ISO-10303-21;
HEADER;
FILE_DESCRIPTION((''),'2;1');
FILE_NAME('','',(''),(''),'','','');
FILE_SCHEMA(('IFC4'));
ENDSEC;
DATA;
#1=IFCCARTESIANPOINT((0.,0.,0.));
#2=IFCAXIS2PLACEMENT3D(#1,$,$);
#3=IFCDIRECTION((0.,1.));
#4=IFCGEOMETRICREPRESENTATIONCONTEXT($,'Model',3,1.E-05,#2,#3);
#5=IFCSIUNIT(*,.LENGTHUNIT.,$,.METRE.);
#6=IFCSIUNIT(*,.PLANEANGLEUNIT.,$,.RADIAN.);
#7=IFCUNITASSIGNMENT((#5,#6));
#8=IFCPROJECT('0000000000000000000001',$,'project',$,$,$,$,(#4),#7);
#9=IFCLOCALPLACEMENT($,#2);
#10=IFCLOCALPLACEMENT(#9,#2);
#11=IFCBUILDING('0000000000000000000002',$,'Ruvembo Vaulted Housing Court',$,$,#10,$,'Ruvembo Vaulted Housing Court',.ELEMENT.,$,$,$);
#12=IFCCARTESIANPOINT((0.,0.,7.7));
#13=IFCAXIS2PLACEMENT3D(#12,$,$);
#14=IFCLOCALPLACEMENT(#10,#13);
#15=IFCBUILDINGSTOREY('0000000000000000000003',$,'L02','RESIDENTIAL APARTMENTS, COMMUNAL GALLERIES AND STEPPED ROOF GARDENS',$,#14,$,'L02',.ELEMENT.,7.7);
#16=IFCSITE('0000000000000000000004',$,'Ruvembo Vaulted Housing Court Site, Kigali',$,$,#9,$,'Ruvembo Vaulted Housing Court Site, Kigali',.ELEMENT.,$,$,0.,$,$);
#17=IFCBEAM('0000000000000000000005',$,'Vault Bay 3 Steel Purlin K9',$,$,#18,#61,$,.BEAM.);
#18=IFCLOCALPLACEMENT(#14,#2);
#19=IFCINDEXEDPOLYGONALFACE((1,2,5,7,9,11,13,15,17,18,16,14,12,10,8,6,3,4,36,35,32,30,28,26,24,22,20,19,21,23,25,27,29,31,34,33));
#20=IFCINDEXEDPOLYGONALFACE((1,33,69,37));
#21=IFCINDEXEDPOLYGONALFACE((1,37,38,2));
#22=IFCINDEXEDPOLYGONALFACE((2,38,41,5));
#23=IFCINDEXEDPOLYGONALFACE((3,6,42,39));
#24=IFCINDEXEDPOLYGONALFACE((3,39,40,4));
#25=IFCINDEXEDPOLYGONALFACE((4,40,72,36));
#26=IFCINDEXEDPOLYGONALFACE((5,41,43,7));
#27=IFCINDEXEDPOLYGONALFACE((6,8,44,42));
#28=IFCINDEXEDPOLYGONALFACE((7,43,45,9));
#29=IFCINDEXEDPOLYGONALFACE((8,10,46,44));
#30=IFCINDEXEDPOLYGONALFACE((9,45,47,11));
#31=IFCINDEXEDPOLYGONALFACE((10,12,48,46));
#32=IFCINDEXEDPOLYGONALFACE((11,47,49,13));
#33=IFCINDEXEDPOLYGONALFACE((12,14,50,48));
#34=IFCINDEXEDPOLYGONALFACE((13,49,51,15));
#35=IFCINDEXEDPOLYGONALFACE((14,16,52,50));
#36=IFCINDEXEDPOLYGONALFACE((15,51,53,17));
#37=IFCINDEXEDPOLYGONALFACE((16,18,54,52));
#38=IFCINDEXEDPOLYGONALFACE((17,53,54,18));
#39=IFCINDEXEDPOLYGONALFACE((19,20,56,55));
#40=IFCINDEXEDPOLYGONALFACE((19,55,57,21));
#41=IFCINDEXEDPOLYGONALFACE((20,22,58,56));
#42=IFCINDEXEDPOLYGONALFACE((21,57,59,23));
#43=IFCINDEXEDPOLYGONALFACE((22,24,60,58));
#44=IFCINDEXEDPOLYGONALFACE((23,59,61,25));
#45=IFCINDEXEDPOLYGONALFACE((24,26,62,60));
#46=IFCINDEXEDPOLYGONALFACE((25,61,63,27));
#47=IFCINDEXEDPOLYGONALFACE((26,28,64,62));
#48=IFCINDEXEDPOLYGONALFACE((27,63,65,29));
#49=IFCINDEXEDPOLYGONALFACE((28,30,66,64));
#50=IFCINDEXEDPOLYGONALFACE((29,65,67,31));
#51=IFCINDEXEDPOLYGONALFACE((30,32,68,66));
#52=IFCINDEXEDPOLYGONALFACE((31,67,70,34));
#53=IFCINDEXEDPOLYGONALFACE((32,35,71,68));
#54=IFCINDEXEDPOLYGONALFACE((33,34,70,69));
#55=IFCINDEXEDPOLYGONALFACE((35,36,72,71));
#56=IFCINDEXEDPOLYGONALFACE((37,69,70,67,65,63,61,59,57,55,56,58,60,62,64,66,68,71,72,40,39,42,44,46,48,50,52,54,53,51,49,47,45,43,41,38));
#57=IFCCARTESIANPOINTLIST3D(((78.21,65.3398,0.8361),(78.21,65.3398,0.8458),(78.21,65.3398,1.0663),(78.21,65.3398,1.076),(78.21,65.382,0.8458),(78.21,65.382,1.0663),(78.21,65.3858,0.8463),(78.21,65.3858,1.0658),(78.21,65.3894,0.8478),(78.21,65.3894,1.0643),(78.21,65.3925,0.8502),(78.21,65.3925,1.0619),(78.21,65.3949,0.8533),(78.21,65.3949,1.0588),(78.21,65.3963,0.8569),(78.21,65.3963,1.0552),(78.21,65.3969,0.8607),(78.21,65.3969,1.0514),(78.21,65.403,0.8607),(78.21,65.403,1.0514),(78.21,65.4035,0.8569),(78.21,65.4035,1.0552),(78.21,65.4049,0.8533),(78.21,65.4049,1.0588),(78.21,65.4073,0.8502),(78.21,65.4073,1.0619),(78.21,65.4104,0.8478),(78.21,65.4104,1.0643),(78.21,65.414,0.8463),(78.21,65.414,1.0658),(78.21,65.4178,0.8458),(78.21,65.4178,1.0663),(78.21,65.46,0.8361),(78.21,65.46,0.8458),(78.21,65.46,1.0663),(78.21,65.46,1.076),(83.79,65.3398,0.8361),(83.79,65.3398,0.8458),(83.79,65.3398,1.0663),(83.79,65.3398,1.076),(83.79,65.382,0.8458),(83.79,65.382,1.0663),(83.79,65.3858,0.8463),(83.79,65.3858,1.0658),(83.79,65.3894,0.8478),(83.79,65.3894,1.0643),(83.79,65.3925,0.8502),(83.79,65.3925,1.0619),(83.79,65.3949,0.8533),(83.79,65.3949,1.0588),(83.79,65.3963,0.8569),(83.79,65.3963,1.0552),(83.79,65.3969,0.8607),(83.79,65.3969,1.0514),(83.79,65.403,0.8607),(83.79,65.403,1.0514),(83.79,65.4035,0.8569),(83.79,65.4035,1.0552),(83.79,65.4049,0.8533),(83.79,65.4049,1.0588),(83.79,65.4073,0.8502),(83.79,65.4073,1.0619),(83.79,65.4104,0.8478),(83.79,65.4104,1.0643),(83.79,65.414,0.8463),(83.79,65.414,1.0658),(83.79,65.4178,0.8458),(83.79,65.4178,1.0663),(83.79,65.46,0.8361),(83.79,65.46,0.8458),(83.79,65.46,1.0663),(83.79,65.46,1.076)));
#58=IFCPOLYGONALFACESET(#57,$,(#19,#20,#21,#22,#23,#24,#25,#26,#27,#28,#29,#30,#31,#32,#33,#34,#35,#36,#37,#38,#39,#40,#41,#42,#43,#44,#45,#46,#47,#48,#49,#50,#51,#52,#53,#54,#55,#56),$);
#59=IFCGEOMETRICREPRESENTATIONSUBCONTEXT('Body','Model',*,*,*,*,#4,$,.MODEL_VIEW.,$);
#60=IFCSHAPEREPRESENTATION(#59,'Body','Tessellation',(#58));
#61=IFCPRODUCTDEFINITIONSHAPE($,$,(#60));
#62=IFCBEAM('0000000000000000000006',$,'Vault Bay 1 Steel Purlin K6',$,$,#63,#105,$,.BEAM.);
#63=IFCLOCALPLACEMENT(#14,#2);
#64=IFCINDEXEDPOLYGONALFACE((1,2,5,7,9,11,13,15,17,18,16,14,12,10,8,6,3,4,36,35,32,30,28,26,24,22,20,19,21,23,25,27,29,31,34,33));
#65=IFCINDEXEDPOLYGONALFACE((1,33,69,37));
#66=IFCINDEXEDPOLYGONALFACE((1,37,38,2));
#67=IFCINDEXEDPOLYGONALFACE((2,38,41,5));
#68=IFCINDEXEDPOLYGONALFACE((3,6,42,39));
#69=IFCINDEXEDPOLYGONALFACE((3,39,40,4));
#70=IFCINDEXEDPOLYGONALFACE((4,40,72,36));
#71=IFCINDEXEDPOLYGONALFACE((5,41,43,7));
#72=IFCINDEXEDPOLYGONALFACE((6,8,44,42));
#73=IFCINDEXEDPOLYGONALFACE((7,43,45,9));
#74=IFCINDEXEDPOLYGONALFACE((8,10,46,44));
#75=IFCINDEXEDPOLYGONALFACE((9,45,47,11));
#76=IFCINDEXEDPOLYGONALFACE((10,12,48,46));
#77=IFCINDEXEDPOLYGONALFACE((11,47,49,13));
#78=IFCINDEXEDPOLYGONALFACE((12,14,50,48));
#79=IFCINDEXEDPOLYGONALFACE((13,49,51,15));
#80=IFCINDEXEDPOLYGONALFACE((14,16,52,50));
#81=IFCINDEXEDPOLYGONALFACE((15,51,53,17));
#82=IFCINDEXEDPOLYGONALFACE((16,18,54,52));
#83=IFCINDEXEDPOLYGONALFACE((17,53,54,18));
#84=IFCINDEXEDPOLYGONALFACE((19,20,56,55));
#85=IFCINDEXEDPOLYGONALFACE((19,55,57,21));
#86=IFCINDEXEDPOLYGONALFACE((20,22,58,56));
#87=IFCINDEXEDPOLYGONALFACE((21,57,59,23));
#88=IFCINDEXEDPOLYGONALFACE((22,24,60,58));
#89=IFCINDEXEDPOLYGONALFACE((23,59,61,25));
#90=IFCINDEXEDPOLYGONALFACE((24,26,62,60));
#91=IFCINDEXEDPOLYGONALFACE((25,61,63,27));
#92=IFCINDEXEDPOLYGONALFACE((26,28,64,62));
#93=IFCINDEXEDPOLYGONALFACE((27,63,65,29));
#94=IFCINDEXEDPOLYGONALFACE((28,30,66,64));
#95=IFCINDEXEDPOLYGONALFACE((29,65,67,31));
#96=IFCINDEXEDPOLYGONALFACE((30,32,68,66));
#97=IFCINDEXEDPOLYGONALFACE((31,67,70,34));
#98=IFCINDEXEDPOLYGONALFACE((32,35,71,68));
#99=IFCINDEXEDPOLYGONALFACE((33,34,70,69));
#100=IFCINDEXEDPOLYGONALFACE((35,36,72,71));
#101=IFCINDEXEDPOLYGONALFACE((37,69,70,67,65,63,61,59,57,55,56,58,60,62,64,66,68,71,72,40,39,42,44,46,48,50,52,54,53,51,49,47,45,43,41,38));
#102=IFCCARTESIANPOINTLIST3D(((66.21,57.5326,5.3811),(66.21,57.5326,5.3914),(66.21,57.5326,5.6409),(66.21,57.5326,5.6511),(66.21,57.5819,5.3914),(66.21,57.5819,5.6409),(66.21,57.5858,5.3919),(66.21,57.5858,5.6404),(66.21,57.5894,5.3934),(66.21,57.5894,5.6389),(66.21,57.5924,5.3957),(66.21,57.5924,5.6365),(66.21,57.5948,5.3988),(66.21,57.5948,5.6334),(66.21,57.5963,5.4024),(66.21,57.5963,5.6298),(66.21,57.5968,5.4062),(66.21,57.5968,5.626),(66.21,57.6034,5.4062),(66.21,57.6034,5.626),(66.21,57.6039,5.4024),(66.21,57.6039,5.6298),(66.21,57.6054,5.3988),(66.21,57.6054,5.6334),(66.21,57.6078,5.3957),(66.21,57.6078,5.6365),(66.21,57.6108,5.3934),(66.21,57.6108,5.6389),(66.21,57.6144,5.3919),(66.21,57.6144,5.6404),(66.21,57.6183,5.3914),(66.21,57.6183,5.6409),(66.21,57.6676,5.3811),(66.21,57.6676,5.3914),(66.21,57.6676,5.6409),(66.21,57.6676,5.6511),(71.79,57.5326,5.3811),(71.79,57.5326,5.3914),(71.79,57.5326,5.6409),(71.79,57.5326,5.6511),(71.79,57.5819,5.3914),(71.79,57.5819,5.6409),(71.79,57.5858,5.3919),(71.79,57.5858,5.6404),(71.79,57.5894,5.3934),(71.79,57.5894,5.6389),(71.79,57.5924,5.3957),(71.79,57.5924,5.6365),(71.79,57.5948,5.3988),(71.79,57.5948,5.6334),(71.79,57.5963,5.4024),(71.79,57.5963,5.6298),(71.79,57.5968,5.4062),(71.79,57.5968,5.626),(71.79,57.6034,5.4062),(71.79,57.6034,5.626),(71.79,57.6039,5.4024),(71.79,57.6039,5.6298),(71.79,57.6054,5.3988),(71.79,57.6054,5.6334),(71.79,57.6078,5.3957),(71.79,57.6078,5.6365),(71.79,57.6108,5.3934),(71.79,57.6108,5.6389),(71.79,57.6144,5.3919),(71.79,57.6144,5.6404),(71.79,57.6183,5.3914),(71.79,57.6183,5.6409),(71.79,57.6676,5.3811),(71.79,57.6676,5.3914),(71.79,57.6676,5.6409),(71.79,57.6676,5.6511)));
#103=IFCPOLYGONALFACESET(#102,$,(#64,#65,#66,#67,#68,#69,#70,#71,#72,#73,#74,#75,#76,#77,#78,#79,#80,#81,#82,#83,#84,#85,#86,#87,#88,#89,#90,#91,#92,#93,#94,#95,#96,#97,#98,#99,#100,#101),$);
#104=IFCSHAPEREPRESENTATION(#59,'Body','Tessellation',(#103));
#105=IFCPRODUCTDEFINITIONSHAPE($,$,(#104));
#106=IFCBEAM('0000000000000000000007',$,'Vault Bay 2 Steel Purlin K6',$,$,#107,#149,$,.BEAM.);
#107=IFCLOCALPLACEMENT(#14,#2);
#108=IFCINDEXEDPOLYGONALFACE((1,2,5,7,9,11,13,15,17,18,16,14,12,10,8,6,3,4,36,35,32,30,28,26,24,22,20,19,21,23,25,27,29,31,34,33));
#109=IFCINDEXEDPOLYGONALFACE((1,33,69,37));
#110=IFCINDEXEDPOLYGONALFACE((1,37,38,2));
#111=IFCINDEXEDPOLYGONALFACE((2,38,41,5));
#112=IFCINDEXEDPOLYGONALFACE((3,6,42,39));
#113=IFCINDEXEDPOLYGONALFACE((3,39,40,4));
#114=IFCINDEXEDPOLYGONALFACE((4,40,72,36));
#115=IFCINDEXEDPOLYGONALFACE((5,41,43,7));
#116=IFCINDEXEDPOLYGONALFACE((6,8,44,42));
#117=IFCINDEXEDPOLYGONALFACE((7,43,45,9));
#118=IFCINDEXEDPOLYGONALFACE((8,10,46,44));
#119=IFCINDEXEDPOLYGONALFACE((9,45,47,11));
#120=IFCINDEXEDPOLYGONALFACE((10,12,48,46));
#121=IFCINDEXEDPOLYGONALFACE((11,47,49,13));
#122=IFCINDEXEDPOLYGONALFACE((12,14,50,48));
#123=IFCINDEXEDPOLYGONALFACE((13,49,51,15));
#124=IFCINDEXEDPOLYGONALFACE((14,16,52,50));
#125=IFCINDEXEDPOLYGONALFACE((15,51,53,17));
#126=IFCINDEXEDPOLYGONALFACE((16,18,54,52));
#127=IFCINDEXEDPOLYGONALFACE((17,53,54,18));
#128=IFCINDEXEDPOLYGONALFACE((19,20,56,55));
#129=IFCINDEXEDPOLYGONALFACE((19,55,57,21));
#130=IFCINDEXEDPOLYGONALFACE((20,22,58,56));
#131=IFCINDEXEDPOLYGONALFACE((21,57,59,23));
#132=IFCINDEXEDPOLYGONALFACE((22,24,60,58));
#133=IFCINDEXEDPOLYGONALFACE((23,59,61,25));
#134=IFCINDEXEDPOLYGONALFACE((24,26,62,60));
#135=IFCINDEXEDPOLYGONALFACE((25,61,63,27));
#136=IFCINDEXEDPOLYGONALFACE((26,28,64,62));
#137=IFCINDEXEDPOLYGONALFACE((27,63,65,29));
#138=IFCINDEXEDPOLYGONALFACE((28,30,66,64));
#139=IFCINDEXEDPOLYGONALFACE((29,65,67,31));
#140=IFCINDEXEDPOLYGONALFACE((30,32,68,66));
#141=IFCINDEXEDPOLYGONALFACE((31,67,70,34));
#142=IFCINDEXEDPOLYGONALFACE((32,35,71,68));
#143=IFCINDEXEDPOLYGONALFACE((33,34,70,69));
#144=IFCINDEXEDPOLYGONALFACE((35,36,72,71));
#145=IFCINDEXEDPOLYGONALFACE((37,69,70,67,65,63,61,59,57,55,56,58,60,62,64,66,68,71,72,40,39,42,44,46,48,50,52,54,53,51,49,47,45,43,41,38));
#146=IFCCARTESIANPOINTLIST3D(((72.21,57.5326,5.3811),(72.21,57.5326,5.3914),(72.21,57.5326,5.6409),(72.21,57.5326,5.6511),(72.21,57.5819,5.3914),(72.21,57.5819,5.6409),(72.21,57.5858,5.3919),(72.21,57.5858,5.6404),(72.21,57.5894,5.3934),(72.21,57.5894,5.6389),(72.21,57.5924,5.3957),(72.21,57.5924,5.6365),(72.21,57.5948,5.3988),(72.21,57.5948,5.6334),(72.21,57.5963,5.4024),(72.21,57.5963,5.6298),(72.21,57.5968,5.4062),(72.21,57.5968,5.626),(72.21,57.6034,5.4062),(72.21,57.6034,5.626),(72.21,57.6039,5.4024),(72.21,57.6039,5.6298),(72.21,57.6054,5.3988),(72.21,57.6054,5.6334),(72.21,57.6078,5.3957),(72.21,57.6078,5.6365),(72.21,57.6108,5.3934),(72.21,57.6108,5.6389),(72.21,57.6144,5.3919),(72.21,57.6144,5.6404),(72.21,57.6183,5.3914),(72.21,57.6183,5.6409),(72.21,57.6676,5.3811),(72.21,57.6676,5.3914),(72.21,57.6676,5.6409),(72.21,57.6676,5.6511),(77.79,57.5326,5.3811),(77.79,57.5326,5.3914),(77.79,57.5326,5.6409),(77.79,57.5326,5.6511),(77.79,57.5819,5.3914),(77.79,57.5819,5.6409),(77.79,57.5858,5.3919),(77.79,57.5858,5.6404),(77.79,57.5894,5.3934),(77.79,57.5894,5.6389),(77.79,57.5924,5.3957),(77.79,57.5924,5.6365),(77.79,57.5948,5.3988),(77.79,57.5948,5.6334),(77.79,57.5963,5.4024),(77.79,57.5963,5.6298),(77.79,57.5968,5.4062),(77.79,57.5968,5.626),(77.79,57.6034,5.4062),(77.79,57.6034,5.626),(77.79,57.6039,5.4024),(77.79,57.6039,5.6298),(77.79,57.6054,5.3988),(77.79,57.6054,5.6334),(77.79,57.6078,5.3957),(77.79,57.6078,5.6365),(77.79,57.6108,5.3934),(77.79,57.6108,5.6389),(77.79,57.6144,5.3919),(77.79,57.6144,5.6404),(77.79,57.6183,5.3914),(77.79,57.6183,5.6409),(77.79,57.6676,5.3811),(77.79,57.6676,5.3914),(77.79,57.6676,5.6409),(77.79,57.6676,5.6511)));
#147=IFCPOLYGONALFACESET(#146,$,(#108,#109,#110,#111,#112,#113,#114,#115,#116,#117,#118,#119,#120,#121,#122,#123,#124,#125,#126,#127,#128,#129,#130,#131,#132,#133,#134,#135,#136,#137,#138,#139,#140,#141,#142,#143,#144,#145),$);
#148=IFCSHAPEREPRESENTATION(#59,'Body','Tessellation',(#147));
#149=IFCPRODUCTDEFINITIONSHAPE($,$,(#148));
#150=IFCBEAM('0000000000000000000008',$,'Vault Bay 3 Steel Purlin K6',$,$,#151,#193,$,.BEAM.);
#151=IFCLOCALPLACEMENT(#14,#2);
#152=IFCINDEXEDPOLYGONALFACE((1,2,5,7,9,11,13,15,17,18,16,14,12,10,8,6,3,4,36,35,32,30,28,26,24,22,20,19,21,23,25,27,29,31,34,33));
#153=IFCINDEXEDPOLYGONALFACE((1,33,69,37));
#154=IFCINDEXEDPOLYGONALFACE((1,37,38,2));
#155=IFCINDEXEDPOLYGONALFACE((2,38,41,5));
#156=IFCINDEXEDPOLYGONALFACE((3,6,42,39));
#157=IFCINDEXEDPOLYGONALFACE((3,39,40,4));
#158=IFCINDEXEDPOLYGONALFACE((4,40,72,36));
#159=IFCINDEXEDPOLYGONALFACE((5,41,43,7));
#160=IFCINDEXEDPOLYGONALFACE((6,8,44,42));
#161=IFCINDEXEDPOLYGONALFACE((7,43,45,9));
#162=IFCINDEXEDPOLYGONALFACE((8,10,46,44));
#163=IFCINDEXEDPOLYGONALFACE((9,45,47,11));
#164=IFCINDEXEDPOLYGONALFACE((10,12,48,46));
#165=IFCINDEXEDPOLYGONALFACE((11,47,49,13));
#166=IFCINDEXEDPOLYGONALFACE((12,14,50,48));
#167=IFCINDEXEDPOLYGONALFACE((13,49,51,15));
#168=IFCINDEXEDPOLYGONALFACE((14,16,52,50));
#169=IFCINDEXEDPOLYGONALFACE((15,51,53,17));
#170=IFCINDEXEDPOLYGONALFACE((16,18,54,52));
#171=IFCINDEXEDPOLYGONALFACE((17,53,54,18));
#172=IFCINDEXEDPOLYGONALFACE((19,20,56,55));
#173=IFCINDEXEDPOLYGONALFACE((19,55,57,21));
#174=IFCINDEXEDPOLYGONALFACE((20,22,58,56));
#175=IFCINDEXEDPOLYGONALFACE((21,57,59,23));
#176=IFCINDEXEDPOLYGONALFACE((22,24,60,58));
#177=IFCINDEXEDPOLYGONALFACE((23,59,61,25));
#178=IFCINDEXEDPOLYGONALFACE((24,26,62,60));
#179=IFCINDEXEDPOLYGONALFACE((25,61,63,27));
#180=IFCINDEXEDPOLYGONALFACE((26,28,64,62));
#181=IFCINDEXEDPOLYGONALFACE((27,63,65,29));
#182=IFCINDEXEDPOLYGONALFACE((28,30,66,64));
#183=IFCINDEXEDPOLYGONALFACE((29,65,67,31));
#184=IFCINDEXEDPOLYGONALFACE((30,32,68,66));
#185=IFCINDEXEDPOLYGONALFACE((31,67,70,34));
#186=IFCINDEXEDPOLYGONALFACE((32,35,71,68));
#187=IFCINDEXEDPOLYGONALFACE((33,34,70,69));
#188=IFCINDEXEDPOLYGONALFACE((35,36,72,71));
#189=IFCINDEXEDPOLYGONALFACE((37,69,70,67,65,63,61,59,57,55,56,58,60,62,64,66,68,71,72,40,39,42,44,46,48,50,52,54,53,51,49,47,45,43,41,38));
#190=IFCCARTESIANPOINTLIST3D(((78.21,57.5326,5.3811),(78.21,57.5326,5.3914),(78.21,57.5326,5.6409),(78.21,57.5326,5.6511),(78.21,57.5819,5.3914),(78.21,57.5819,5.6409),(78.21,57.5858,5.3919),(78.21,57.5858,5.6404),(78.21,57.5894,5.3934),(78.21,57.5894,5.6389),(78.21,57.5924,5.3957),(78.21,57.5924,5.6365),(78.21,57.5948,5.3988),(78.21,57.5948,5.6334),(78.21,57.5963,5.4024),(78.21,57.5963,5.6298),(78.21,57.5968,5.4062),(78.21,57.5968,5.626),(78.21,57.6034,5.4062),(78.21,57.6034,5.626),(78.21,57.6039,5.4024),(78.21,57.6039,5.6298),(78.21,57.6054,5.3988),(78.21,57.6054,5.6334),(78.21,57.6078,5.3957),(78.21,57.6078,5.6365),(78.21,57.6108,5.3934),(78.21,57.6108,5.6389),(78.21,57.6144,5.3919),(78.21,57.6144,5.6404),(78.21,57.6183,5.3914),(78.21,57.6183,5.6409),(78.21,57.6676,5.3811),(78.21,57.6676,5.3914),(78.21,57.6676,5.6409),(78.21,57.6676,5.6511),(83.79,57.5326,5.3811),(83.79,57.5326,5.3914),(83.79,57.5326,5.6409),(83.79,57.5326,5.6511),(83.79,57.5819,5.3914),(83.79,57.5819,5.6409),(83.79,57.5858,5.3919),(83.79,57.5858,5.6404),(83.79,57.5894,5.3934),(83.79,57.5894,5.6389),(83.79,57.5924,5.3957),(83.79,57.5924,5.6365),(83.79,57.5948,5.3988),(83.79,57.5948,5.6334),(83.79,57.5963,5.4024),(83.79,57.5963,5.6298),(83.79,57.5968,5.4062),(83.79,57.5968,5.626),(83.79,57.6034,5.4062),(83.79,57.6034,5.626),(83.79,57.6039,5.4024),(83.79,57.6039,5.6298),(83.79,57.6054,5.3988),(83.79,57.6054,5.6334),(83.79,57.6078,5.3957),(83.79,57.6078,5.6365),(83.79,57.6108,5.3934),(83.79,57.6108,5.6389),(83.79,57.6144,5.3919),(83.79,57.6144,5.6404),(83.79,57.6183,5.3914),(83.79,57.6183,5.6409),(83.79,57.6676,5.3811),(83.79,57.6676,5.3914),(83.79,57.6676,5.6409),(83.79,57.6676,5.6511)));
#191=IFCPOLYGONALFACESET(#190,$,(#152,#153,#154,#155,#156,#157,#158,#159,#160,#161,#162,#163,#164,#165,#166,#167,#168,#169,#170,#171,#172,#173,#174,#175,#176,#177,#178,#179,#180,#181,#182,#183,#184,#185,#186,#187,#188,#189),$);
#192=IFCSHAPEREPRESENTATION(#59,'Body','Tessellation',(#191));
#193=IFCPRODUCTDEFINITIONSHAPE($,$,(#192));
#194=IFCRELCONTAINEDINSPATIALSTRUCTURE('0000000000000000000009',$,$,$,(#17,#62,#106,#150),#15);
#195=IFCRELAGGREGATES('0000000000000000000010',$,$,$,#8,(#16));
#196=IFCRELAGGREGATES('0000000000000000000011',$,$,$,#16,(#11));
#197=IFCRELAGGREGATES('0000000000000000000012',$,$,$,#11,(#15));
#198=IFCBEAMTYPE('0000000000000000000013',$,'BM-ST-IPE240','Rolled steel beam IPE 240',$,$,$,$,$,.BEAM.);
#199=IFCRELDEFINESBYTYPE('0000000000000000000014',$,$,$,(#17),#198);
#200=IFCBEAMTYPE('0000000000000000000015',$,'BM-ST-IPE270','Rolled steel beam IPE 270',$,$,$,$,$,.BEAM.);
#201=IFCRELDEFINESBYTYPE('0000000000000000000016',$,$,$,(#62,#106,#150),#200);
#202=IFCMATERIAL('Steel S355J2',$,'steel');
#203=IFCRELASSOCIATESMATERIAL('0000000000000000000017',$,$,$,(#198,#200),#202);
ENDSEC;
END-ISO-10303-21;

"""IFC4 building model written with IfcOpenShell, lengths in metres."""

from ifc_helpers import new_model, si_unit, direction, frame, origin, origin_2d, place, context, subcontext, project, spatial, i_section, extrude, material, material_profile, profile_set, type_object, element, save


model = new_model("IFC4")

# Units and contexts
model_context = context("Model", 3, precision=1e-05, world=origin(), true_north=direction((0.0, 1.0)))
body_context = subcontext(model_context, "Body", "Model", "MODEL_VIEW")
ifc_project = project(units=[si_unit("LENGTHUNIT", "METRE"), si_unit("PLANEANGLEUNIT", "RADIAN")], contexts=[model_context])

# Site, building, storey
site_placement = place(None, origin())
site = spatial("IfcSite", under=ifc_project, at=site_placement, Name="Ruvembo Vaulted Housing Court Site, Kigali", LongName="Ruvembo Vaulted Housing Court Site, Kigali", CompositionType="ELEMENT", RefElevation=0.0)
building_placement = place(site_placement, origin())
building = spatial("IfcBuilding", under=site, at=building_placement, Name="Ruvembo Vaulted Housing Court", LongName="Ruvembo Vaulted Housing Court", CompositionType="ELEMENT")
storey_placement = place(building_placement, frame((0.0, 0.0, 7.7)))
storey = spatial("IfcBuildingStorey", under=building, at=storey_placement, Name="L02", Description="RESIDENTIAL APARTMENTS, COMMUNAL GALLERIES AND STEPPED ROOF GARDENS", LongName="L02", CompositionType="ELEMENT", Elevation=7.7)

# Beams
ifc_material_1 = material(Name="Steel S355J2", Category="steel")
ifc_material_profile_1 = material_profile(ifc_material_1, i_section(OverallWidth=0.1201, OverallDepth=0.24, WebThickness=0.0061, FlangeThickness=0.0098, FilletRadius=0.0149, at=origin_2d()), Name="IPE 240")
ifc_profile_set_1 = profile_set([ifc_material_profile_1], Name="Steel S355J2")
beam_type_1 = type_object("IfcBeamType", Name="BM-ST-IPE240", Description="Rolled steel beam IPE 240", PredefinedType="BEAM", material=ifc_profile_set_1)
for number, where, z_axis, x_axis, name in (
    (1, (78.21, 65.3999, 0.9561), (1.0, 0.0, 0.0), (0.0, 1.0, 0.0), "Vault Bay 3 Steel Purlin K9"),
):
    element("IfcBeam", number, at=place(storey_placement, frame(where, z_axis=z_axis, x_axis=x_axis)), inside=storey, type_object=beam_type_1, Name=name, PredefinedType="BEAM", context=body_context, shape_type="SweptSolid", body=[
        extrude(i_section(OverallWidth=0.1201, OverallDepth=0.24, WebThickness=0.0061, FlangeThickness=0.0098, FilletRadius=0.0149, at=origin_2d()), origin(), (0.0, 0.0, 1.0), 5.5801),
    ])
ifc_material_profile_2 = material_profile(ifc_material_1, i_section(OverallWidth=0.135, OverallDepth=0.27, WebThickness=0.0066, FlangeThickness=0.0103, FilletRadius=0.0149, at=origin_2d()), Name="IPE 270")
ifc_profile_set_2 = profile_set([ifc_material_profile_2], Name="Steel S355J2")
beam_type_2 = type_object("IfcBeamType", Name="BM-ST-IPE270", Description="Rolled steel beam IPE 270", PredefinedType="BEAM", material=ifc_profile_set_2)
for number, where, z_axis, x_axis, name in (
    (2, (66.21, 57.6001, 5.5161), (1.0, 0.0, 0.0), (0.0, 1.0, 0.0), "Vault Bay 1 Steel Purlin K6"),
    (3, (72.21, 57.6001, 5.5161), (1.0, 0.0, 0.0), (0.0, 1.0, 0.0), "Vault Bay 2 Steel Purlin K6"),
    (4, (78.21, 57.6001, 5.5161), (1.0, 0.0, 0.0), (0.0, 1.0, 0.0), "Vault Bay 3 Steel Purlin K6"),
):
    element("IfcBeam", number, at=place(storey_placement, frame(where, z_axis=z_axis, x_axis=x_axis)), inside=storey, type_object=beam_type_2, Name=name, PredefinedType="BEAM", context=body_context, shape_type="SweptSolid", body=[
        extrude(i_section(OverallWidth=0.135, OverallDepth=0.27, WebThickness=0.0066, FlangeThickness=0.0103, FilletRadius=0.0149, at=origin_2d()), origin(), (0.0, 0.0, 1.0), 5.5801),
    ])

save(model, "model.ifc")
